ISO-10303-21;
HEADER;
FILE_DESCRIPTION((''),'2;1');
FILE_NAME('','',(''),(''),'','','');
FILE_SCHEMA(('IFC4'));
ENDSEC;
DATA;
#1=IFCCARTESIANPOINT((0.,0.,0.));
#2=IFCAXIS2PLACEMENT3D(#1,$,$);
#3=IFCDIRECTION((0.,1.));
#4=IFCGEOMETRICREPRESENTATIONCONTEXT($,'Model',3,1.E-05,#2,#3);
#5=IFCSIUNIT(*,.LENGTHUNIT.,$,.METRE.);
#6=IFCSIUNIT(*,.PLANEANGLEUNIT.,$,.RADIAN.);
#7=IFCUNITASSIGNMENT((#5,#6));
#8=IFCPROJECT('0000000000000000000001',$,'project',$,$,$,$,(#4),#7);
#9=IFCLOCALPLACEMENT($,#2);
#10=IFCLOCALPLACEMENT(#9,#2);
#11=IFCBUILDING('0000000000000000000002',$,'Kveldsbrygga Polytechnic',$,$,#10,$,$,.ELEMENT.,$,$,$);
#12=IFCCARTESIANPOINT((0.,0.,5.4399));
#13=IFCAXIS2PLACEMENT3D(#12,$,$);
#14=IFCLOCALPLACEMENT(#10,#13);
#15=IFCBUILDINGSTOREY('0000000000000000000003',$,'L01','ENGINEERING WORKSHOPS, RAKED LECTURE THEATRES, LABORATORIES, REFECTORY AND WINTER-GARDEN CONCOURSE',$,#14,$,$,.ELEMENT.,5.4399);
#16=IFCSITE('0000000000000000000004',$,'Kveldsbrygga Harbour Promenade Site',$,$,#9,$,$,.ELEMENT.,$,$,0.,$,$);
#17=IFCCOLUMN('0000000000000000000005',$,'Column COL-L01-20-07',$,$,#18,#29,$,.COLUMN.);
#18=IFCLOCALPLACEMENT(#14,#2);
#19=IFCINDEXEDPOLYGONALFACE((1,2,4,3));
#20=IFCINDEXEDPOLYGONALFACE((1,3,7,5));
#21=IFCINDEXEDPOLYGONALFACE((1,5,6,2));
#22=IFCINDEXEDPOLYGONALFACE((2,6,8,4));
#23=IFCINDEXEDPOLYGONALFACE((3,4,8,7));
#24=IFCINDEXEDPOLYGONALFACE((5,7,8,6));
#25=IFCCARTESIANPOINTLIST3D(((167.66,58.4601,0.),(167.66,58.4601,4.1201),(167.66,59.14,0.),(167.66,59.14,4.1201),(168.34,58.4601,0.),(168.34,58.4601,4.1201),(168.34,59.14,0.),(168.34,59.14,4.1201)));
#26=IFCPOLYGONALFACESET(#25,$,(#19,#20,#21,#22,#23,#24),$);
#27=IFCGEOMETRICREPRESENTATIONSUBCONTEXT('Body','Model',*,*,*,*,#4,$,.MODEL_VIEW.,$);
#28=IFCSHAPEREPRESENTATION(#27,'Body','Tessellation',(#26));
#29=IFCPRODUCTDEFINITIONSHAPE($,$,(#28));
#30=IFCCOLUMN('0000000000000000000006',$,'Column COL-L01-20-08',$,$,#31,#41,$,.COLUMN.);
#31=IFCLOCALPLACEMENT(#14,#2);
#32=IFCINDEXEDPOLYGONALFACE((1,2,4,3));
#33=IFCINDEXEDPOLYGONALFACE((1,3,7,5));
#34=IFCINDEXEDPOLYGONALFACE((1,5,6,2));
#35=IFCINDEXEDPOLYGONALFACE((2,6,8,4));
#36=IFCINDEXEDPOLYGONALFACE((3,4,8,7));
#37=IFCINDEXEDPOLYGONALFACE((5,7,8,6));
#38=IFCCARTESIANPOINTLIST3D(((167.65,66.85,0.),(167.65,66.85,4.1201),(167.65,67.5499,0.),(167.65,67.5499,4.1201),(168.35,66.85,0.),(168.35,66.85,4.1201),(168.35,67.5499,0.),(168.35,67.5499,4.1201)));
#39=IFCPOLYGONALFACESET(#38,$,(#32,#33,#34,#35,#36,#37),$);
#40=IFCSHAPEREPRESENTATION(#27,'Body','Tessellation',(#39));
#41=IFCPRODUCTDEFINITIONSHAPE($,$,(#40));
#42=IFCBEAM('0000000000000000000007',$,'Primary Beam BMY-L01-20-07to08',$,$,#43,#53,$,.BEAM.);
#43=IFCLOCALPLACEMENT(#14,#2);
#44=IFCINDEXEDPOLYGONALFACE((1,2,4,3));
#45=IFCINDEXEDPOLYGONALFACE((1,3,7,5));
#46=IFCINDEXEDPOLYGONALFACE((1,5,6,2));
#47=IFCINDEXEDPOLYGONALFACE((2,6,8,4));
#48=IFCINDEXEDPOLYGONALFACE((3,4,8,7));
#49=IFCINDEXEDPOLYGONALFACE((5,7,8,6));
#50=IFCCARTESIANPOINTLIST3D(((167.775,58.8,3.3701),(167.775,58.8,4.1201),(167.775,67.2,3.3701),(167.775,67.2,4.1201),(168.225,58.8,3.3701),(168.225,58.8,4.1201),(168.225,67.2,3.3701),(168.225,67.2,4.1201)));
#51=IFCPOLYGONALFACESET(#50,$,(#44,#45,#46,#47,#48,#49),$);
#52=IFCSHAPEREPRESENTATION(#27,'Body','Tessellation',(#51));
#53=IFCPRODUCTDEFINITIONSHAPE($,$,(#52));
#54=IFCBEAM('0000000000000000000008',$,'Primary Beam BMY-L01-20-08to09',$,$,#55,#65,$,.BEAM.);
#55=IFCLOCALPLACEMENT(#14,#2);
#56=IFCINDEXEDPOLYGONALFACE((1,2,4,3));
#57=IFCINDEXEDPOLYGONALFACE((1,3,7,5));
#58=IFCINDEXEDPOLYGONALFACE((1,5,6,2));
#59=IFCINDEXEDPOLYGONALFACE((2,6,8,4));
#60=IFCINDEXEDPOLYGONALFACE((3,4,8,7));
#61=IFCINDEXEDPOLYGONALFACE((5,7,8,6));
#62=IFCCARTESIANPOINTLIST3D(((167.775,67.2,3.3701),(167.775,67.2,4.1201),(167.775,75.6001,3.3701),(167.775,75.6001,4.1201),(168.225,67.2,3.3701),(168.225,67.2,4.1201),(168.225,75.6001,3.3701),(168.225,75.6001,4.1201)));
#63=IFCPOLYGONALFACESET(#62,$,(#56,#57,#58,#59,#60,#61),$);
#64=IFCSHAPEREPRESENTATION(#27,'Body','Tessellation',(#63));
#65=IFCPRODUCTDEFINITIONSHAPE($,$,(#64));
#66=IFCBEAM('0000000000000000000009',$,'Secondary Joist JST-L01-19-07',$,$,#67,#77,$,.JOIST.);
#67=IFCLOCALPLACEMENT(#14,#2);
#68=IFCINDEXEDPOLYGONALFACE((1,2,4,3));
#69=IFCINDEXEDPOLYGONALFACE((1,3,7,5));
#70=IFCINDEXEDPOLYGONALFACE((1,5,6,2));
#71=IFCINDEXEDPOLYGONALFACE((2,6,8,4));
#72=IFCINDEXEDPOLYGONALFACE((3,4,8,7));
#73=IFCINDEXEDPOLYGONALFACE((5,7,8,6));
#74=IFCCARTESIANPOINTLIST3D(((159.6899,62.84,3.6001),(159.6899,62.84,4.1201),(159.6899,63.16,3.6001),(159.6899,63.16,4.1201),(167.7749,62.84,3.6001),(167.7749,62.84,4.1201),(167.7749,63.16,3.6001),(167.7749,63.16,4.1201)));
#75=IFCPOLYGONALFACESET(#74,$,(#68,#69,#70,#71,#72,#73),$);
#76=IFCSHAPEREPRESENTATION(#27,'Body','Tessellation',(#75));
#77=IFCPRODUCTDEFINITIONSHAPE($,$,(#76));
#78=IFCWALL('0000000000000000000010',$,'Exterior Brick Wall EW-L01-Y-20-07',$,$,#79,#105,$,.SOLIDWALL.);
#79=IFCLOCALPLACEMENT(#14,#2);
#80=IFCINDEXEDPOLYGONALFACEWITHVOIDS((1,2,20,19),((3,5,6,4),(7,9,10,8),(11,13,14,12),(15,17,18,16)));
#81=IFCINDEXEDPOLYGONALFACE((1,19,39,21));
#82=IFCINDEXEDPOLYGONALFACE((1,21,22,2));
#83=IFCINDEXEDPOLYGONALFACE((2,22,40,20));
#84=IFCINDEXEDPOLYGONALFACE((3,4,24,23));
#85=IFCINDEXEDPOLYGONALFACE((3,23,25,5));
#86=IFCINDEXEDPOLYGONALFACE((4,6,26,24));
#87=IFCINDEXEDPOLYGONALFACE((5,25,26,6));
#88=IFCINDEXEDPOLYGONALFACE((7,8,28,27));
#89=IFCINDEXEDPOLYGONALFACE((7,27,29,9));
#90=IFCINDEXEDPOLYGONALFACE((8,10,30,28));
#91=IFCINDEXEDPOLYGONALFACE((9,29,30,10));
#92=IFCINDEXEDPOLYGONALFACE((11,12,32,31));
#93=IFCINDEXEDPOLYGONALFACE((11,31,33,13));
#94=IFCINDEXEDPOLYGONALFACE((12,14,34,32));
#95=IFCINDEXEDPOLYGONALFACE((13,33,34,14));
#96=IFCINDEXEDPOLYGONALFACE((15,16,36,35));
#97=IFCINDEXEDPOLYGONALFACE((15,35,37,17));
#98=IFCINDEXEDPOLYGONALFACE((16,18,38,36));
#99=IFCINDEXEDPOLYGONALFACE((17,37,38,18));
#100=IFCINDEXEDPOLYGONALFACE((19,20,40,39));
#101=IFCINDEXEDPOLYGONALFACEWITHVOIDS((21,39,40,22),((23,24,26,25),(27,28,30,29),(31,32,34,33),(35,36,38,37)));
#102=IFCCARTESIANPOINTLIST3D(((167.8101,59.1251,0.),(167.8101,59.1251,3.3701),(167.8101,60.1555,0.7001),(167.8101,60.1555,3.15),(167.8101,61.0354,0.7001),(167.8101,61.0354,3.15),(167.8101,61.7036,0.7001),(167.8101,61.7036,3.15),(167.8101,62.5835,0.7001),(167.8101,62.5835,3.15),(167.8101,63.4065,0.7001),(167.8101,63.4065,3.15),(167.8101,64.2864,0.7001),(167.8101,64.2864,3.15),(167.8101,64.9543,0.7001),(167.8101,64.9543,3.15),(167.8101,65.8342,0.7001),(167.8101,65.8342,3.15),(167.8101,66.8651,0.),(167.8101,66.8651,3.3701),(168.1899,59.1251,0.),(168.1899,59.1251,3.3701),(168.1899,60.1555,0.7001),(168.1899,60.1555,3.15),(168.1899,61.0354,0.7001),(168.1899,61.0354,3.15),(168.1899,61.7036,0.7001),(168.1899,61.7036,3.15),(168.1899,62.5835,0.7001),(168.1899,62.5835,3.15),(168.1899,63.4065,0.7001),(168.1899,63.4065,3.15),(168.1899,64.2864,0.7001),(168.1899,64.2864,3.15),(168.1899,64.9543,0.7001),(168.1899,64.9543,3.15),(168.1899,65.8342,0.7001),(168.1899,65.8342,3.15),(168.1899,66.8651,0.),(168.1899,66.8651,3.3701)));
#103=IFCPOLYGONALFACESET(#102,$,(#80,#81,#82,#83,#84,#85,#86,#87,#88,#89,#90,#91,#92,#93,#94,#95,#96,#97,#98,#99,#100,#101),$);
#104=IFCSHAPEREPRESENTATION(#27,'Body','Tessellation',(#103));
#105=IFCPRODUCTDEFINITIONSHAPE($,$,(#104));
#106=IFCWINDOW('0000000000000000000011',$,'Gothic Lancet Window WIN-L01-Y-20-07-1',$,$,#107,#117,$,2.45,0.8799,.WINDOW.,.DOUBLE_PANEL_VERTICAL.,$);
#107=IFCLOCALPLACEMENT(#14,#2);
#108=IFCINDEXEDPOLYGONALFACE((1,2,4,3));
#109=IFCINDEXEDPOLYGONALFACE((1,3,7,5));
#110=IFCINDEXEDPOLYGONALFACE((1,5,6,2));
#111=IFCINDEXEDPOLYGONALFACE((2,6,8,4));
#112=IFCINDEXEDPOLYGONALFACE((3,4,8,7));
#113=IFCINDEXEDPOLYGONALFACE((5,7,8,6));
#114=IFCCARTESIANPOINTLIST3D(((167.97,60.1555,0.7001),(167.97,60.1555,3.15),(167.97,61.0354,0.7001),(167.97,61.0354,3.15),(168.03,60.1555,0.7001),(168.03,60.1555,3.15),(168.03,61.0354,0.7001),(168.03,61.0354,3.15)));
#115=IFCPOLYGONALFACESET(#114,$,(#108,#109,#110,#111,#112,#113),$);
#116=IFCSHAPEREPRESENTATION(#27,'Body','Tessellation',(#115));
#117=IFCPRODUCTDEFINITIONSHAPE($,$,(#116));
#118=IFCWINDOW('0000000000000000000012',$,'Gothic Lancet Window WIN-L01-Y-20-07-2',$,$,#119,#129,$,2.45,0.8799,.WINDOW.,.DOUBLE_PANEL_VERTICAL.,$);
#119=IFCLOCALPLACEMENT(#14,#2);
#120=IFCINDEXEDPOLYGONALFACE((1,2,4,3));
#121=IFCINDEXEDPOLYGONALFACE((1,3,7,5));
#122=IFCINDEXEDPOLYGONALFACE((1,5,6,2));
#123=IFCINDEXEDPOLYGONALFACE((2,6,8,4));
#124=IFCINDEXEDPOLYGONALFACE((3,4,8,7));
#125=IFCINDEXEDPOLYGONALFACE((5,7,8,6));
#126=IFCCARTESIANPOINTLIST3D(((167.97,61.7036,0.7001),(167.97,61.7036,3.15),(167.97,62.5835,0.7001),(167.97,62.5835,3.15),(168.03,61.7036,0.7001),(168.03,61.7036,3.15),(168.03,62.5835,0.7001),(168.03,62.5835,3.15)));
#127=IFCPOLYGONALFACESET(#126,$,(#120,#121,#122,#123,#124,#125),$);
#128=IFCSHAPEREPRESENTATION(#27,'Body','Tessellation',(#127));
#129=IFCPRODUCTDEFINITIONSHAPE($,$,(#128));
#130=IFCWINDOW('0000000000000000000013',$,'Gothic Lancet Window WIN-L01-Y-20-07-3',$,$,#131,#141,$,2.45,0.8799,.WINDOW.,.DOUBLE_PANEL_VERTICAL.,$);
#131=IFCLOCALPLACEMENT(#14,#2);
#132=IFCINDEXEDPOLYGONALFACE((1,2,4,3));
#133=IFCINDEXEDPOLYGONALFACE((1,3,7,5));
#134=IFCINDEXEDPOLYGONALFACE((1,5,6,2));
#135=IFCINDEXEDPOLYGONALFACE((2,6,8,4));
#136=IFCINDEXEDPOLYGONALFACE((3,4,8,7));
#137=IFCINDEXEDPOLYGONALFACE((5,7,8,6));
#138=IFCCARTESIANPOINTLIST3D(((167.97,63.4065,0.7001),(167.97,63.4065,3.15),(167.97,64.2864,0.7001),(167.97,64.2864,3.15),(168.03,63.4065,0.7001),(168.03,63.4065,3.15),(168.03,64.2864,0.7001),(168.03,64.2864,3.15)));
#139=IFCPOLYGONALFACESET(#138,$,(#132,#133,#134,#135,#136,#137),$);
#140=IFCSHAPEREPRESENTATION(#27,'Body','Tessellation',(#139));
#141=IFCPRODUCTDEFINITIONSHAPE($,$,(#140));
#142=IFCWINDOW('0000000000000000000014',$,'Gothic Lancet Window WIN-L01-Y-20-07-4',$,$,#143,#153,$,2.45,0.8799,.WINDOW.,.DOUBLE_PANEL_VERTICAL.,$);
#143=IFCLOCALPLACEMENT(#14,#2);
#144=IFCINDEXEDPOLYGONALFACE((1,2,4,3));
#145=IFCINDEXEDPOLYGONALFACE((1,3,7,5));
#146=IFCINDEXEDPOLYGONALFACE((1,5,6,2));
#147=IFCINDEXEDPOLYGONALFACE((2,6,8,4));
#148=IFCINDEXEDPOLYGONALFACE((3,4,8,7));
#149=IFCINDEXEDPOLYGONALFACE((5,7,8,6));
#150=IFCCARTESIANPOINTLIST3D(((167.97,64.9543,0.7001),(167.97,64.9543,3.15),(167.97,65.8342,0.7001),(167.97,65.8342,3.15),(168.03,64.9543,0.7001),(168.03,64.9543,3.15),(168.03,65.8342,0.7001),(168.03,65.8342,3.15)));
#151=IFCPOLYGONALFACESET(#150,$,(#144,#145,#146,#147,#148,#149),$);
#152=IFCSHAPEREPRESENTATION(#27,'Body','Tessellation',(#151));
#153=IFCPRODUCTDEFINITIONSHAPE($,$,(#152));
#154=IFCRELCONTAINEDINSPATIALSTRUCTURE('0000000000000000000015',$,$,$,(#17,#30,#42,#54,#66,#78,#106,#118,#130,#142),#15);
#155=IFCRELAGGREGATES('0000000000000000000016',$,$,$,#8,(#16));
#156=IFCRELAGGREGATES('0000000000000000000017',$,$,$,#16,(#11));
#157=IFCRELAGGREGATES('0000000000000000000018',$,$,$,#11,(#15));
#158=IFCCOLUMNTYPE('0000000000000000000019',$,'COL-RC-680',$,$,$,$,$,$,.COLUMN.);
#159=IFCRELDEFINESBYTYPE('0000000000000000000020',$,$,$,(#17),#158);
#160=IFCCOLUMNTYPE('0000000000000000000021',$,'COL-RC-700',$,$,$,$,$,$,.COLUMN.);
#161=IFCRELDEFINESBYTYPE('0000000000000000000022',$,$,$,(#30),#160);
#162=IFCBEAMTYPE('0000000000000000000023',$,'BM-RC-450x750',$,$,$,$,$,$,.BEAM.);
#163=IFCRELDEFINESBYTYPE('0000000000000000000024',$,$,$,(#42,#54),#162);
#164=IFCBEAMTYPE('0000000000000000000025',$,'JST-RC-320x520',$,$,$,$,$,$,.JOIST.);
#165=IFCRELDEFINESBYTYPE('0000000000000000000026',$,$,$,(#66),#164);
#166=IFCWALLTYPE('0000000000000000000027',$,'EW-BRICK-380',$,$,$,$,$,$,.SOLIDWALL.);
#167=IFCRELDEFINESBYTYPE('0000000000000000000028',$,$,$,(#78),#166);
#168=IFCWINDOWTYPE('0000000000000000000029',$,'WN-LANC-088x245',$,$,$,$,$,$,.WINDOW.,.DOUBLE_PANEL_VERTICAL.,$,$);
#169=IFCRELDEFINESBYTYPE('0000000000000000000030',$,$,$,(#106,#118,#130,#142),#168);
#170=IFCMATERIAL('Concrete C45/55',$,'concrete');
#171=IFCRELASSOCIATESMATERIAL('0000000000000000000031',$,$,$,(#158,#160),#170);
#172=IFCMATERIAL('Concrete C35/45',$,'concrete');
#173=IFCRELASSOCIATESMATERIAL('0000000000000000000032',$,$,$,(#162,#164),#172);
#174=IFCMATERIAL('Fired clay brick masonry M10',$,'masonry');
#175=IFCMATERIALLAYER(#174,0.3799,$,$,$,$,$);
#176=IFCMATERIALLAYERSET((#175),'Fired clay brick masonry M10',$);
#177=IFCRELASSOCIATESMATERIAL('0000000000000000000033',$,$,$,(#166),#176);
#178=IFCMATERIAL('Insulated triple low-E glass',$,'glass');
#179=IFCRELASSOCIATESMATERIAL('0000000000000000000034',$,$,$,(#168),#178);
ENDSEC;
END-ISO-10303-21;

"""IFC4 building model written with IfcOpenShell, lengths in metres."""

from ifc_helpers import new_model, si_unit, direction, frame, frame_2d, origin, origin_2d, place, context, subcontext, project, spatial, rectangle, extrude, material, layer, layer_set, material_profile, profile_set, type_object, element, fill, save


model = new_model("IFC4")

# Units and contexts
model_context = context("Model", 3, precision=1e-05, world=origin(), true_north=direction((0.0, 1.0)))
body_context = subcontext(model_context, "Body", "Model", "MODEL_VIEW")
ifc_project = project(units=[si_unit("LENGTHUNIT", "METRE"), si_unit("PLANEANGLEUNIT", "RADIAN")], contexts=[model_context])

# Site, building, storey
site_placement = place(None, origin())
site = spatial("IfcSite", under=ifc_project, at=site_placement, Name="Kveldsbrygga Harbour Promenade Site", CompositionType="ELEMENT", RefElevation=0.0)
building_placement = place(site_placement, origin())
building = spatial("IfcBuilding", under=site, at=building_placement, Name="Kveldsbrygga Polytechnic", CompositionType="ELEMENT")
storey_placement = place(building_placement, frame((0.0, 0.0, 5.4399)))
storey = spatial("IfcBuildingStorey", under=building, at=storey_placement, Name="L01", Description="ENGINEERING WORKSHOPS, RAKED LECTURE THEATRES, LABORATORIES, REFECTORY AND WINTER-GARDEN CONCOURSE", CompositionType="ELEMENT", Elevation=5.4399)

# Columns
ifc_material_1 = material(Name="Concrete C45/55", Category="concrete")
ifc_material_profile_1 = material_profile(ifc_material_1, rectangle(XDim=0.6799, YDim=0.6799, at=origin_2d()), Name="RC 680x680")
ifc_profile_set_1 = profile_set([ifc_material_profile_1], Name="Concrete C45/55")
column_type_1 = type_object("IfcColumnType", Name="COL-RC-680", PredefinedType="COLUMN", material=ifc_profile_set_1)
column_1_placement = place(storey_placement, frame((168.0, 58.8, 0.0), z_axis=(0.0, 0.0, 1.0), x_axis=(1.0, 0.0, 0.0)))
element("IfcColumn", 1, at=column_1_placement, inside=storey, type_object=column_type_1, Name="Column COL-L01-20-07", PredefinedType="COLUMN", context=body_context, shape_type="SweptSolid", body=[
    extrude(rectangle(XDim=0.6799, YDim=0.6799, at=origin_2d()), origin(), (0.0, 0.0, 1.0), 4.1201),
])
ifc_material_profile_2 = material_profile(ifc_material_1, rectangle(XDim=0.7, YDim=0.7, at=origin_2d()), Name="RC 700x700")
ifc_profile_set_2 = profile_set([ifc_material_profile_2], Name="Concrete C45/55")
column_type_2 = type_object("IfcColumnType", Name="COL-RC-700", PredefinedType="COLUMN", material=ifc_profile_set_2)
column_2_placement = place(storey_placement, frame((168.0, 67.2, 0.0), z_axis=(0.0, 0.0, 1.0), x_axis=(1.0, 0.0, 0.0)))
element("IfcColumn", 2, at=column_2_placement, inside=storey, type_object=column_type_2, Name="Column COL-L01-20-08", PredefinedType="COLUMN", context=body_context, shape_type="SweptSolid", body=[
    extrude(rectangle(XDim=0.7, YDim=0.7, at=origin_2d()), origin(), (0.0, 0.0, 1.0), 4.1201),
])

# Beams
ifc_material_2 = material(Name="Concrete C35/45", Category="concrete")
ifc_material_profile_3 = material_profile(ifc_material_2, rectangle(XDim=0.45, YDim=0.75, at=origin_2d()), Name="RC 450x750")
ifc_profile_set_3 = profile_set([ifc_material_profile_3], Name="Concrete C35/45")
beam_type_1 = type_object("IfcBeamType", Name="BM-RC-450x750", PredefinedType="BEAM", material=ifc_profile_set_3)
beam_1_placement = place(storey_placement, frame((168.0, 58.8, 3.7451), z_axis=(0.0, 1.0, 0.0), x_axis=(-1.0, 0.0, 0.0)))
element("IfcBeam", 3, at=beam_1_placement, inside=storey, type_object=beam_type_1, Name="Primary Beam BMY-L01-20-07to08", PredefinedType="BEAM", context=body_context, shape_type="SweptSolid", body=[
    extrude(rectangle(XDim=0.45, YDim=0.75, at=origin_2d()), origin(), (0.0, 0.0, 1.0), 8.3999),
])
beam_2_placement = place(storey_placement, frame((168.0, 67.2, 3.7451), z_axis=(0.0, 1.0, 0.0), x_axis=(-1.0, 0.0, 0.0)))
element("IfcBeam", 4, at=beam_2_placement, inside=storey, type_object=beam_type_1, Name="Primary Beam BMY-L01-20-08to09", PredefinedType="BEAM", context=body_context, shape_type="SweptSolid", body=[
    extrude(rectangle(XDim=0.45, YDim=0.75, at=origin_2d()), origin(), (0.0, 0.0, 1.0), 8.4001),
])
ifc_material_profile_4 = material_profile(ifc_material_2, rectangle(XDim=0.3201, YDim=0.52, at=origin_2d()), Name="RC 320x520")
ifc_profile_set_4 = profile_set([ifc_material_profile_4], Name="Concrete C35/45")
beam_type_2 = type_object("IfcBeamType", Name="JST-RC-320x520", PredefinedType="JOIST", material=ifc_profile_set_4)
beam_3_placement = place(storey_placement, frame((159.6899, 63.0, 3.8601), z_axis=(1.0, 0.0, 0.0), x_axis=(0.0, 1.0, 0.0)))
element("IfcBeam", 5, at=beam_3_placement, inside=storey, type_object=beam_type_2, Name="Secondary Joist JST-L01-19-07", PredefinedType="JOIST", context=body_context, shape_type="SweptSolid", body=[
    extrude(rectangle(XDim=0.3201, YDim=0.52, at=origin_2d()), origin(), (0.0, 0.0, 1.0), 8.085),
])

# Wall, openings, windows
ifc_material_3 = material(Name="Fired clay brick masonry M10", Category="masonry")
ifc_layer_1 = layer(ifc_material_3, 0.3799)
ifc_layer_set_1 = layer_set([ifc_layer_1], Name="Fired clay brick masonry M10")
wall_type_1 = type_object("IfcWallType", Name="EW-BRICK-380", PredefinedType="SOLIDWALL", material=ifc_layer_set_1)
wall_1_placement = place(storey_placement, frame((168.0, 59.125, 0.0), z_axis=(0.0, 0.0, 1.0), x_axis=(0.0, 1.0, 0.0)))
wall_1 = element("IfcWall", 6, at=wall_1_placement, inside=storey, type_object=wall_type_1, Name="Exterior Brick Wall EW-L01-Y-20-07", PredefinedType="SOLIDWALL", context=body_context, shape_type="SweptSolid", body=[
    extrude(rectangle(XDim=7.74, YDim=0.3799, at=frame_2d((3.8701, 0.0))), origin(), (0.0, 0.0, 1.0), 3.3701),
])
opening_1_placement = place(wall_1_placement, frame((1.0305, 0.0, 0.7)))
opening_1 = element("IfcOpeningElement", 7, at=opening_1_placement, cuts=wall_1, PredefinedType="OPENING", context=body_context, shape_type="SweptSolid", body=[
    extrude(rectangle(XDim=0.8799, YDim=2.45, at=frame_2d((0.4399, 1.2251))), frame((0.0, 0.2, 0.0), z_axis=(0.0, -1.0, 0.0), x_axis=(1.0, 0.0, 0.0)), (0.0, 0.0, 1.0), 0.3999),
])
opening_2_placement = place(wall_1_placement, frame((2.5786, 0.0, 0.7)))
opening_2 = element("IfcOpeningElement", 8, at=opening_2_placement, cuts=wall_1, PredefinedType="OPENING", context=body_context, shape_type="SweptSolid", body=[
    extrude(rectangle(XDim=0.8799, YDim=2.45, at=frame_2d((0.4399, 1.2251))), frame((0.0, 0.2, 0.0), z_axis=(0.0, -1.0, 0.0), x_axis=(1.0, 0.0, 0.0)), (0.0, 0.0, 1.0), 0.3999),
])
opening_3_placement = place(wall_1_placement, frame((4.2815, 0.0, 0.7)))
opening_3 = element("IfcOpeningElement", 9, at=opening_3_placement, cuts=wall_1, PredefinedType="OPENING", context=body_context, shape_type="SweptSolid", body=[
    extrude(rectangle(XDim=0.8799, YDim=2.45, at=frame_2d((0.4399, 1.2251))), frame((0.0, 0.2, 0.0), z_axis=(0.0, -1.0, 0.0), x_axis=(1.0, 0.0, 0.0)), (0.0, 0.0, 1.0), 0.3999),
])
opening_4_placement = place(wall_1_placement, frame((5.8293, 0.0, 0.7)))
opening_4 = element("IfcOpeningElement", 10, at=opening_4_placement, cuts=wall_1, PredefinedType="OPENING", context=body_context, shape_type="SweptSolid", body=[
    extrude(rectangle(XDim=0.8799, YDim=2.45, at=frame_2d((0.4399, 1.2251))), frame((0.0, 0.2, 0.0), z_axis=(0.0, -1.0, 0.0), x_axis=(1.0, 0.0, 0.0)), (0.0, 0.0, 1.0), 0.3999),
])
ifc_material_4 = material(Name="Insulated triple low-E glass", Category="glass")
window_type_1 = type_object("IfcWindowType", Name="WN-LANC-088x245", PartitioningType="DOUBLE_PANEL_VERTICAL", PredefinedType="WINDOW", material=ifc_material_4)
window_1_placement = place(opening_1_placement, origin())
window_1 = element("IfcWindow", 11, at=window_1_placement, inside=storey, type_object=window_type_1, Name="Gothic Lancet Window WIN-L01-Y-20-07-1", OverallHeight=2.45, OverallWidth=0.8799, PartitioningType="DOUBLE_PANEL_VERTICAL", PredefinedType="WINDOW", context=body_context, shape_type="SweptSolid", body=[
    extrude(rectangle(XDim=0.8799, YDim=2.45, at=frame_2d((0.4399, 1.2251))), frame((0.0, 0.03, 0.0), z_axis=(0.0, -1.0, 0.0), x_axis=(1.0, 0.0, 0.0)), (0.0, 0.0, 1.0), 0.0601),
])
fill(opening_1, window_1)
window_2_placement = place(opening_2_placement, origin())
window_2 = element("IfcWindow", 12, at=window_2_placement, inside=storey, type_object=window_type_1, Name="Gothic Lancet Window WIN-L01-Y-20-07-2", OverallHeight=2.45, OverallWidth=0.8799, PartitioningType="DOUBLE_PANEL_VERTICAL", PredefinedType="WINDOW", context=body_context, shape_type="SweptSolid", body=[
    extrude(rectangle(XDim=0.8799, YDim=2.45, at=frame_2d((0.4399, 1.2251))), frame((0.0, 0.03, 0.0), z_axis=(0.0, -1.0, 0.0), x_axis=(1.0, 0.0, 0.0)), (0.0, 0.0, 1.0), 0.0601),
])
fill(opening_2, window_2)
window_3_placement = place(opening_3_placement, origin())
window_3 = element("IfcWindow", 13, at=window_3_placement, inside=storey, type_object=window_type_1, Name="Gothic Lancet Window WIN-L01-Y-20-07-3", OverallHeight=2.45, OverallWidth=0.8799, PartitioningType="DOUBLE_PANEL_VERTICAL", PredefinedType="WINDOW", context=body_context, shape_type="SweptSolid", body=[
    extrude(rectangle(XDim=0.8799, YDim=2.45, at=frame_2d((0.4399, 1.2251))), frame((0.0, 0.03, 0.0), z_axis=(0.0, -1.0, 0.0), x_axis=(1.0, 0.0, 0.0)), (0.0, 0.0, 1.0), 0.0601),
])
fill(opening_3, window_3)
window_4_placement = place(opening_4_placement, origin())
window_4 = element("IfcWindow", 14, at=window_4_placement, inside=storey, type_object=window_type_1, Name="Gothic Lancet Window WIN-L01-Y-20-07-4", OverallHeight=2.45, OverallWidth=0.8799, PartitioningType="DOUBLE_PANEL_VERTICAL", PredefinedType="WINDOW", context=body_context, shape_type="SweptSolid", body=[
    extrude(rectangle(XDim=0.8799, YDim=2.45, at=frame_2d((0.4399, 1.2251))), frame((0.0, 0.03, 0.0), z_axis=(0.0, -1.0, 0.0), x_axis=(1.0, 0.0, 0.0)), (0.0, 0.0, 1.0), 0.0601),
])
fill(opening_4, window_4)

save(model, "model.ifc")
